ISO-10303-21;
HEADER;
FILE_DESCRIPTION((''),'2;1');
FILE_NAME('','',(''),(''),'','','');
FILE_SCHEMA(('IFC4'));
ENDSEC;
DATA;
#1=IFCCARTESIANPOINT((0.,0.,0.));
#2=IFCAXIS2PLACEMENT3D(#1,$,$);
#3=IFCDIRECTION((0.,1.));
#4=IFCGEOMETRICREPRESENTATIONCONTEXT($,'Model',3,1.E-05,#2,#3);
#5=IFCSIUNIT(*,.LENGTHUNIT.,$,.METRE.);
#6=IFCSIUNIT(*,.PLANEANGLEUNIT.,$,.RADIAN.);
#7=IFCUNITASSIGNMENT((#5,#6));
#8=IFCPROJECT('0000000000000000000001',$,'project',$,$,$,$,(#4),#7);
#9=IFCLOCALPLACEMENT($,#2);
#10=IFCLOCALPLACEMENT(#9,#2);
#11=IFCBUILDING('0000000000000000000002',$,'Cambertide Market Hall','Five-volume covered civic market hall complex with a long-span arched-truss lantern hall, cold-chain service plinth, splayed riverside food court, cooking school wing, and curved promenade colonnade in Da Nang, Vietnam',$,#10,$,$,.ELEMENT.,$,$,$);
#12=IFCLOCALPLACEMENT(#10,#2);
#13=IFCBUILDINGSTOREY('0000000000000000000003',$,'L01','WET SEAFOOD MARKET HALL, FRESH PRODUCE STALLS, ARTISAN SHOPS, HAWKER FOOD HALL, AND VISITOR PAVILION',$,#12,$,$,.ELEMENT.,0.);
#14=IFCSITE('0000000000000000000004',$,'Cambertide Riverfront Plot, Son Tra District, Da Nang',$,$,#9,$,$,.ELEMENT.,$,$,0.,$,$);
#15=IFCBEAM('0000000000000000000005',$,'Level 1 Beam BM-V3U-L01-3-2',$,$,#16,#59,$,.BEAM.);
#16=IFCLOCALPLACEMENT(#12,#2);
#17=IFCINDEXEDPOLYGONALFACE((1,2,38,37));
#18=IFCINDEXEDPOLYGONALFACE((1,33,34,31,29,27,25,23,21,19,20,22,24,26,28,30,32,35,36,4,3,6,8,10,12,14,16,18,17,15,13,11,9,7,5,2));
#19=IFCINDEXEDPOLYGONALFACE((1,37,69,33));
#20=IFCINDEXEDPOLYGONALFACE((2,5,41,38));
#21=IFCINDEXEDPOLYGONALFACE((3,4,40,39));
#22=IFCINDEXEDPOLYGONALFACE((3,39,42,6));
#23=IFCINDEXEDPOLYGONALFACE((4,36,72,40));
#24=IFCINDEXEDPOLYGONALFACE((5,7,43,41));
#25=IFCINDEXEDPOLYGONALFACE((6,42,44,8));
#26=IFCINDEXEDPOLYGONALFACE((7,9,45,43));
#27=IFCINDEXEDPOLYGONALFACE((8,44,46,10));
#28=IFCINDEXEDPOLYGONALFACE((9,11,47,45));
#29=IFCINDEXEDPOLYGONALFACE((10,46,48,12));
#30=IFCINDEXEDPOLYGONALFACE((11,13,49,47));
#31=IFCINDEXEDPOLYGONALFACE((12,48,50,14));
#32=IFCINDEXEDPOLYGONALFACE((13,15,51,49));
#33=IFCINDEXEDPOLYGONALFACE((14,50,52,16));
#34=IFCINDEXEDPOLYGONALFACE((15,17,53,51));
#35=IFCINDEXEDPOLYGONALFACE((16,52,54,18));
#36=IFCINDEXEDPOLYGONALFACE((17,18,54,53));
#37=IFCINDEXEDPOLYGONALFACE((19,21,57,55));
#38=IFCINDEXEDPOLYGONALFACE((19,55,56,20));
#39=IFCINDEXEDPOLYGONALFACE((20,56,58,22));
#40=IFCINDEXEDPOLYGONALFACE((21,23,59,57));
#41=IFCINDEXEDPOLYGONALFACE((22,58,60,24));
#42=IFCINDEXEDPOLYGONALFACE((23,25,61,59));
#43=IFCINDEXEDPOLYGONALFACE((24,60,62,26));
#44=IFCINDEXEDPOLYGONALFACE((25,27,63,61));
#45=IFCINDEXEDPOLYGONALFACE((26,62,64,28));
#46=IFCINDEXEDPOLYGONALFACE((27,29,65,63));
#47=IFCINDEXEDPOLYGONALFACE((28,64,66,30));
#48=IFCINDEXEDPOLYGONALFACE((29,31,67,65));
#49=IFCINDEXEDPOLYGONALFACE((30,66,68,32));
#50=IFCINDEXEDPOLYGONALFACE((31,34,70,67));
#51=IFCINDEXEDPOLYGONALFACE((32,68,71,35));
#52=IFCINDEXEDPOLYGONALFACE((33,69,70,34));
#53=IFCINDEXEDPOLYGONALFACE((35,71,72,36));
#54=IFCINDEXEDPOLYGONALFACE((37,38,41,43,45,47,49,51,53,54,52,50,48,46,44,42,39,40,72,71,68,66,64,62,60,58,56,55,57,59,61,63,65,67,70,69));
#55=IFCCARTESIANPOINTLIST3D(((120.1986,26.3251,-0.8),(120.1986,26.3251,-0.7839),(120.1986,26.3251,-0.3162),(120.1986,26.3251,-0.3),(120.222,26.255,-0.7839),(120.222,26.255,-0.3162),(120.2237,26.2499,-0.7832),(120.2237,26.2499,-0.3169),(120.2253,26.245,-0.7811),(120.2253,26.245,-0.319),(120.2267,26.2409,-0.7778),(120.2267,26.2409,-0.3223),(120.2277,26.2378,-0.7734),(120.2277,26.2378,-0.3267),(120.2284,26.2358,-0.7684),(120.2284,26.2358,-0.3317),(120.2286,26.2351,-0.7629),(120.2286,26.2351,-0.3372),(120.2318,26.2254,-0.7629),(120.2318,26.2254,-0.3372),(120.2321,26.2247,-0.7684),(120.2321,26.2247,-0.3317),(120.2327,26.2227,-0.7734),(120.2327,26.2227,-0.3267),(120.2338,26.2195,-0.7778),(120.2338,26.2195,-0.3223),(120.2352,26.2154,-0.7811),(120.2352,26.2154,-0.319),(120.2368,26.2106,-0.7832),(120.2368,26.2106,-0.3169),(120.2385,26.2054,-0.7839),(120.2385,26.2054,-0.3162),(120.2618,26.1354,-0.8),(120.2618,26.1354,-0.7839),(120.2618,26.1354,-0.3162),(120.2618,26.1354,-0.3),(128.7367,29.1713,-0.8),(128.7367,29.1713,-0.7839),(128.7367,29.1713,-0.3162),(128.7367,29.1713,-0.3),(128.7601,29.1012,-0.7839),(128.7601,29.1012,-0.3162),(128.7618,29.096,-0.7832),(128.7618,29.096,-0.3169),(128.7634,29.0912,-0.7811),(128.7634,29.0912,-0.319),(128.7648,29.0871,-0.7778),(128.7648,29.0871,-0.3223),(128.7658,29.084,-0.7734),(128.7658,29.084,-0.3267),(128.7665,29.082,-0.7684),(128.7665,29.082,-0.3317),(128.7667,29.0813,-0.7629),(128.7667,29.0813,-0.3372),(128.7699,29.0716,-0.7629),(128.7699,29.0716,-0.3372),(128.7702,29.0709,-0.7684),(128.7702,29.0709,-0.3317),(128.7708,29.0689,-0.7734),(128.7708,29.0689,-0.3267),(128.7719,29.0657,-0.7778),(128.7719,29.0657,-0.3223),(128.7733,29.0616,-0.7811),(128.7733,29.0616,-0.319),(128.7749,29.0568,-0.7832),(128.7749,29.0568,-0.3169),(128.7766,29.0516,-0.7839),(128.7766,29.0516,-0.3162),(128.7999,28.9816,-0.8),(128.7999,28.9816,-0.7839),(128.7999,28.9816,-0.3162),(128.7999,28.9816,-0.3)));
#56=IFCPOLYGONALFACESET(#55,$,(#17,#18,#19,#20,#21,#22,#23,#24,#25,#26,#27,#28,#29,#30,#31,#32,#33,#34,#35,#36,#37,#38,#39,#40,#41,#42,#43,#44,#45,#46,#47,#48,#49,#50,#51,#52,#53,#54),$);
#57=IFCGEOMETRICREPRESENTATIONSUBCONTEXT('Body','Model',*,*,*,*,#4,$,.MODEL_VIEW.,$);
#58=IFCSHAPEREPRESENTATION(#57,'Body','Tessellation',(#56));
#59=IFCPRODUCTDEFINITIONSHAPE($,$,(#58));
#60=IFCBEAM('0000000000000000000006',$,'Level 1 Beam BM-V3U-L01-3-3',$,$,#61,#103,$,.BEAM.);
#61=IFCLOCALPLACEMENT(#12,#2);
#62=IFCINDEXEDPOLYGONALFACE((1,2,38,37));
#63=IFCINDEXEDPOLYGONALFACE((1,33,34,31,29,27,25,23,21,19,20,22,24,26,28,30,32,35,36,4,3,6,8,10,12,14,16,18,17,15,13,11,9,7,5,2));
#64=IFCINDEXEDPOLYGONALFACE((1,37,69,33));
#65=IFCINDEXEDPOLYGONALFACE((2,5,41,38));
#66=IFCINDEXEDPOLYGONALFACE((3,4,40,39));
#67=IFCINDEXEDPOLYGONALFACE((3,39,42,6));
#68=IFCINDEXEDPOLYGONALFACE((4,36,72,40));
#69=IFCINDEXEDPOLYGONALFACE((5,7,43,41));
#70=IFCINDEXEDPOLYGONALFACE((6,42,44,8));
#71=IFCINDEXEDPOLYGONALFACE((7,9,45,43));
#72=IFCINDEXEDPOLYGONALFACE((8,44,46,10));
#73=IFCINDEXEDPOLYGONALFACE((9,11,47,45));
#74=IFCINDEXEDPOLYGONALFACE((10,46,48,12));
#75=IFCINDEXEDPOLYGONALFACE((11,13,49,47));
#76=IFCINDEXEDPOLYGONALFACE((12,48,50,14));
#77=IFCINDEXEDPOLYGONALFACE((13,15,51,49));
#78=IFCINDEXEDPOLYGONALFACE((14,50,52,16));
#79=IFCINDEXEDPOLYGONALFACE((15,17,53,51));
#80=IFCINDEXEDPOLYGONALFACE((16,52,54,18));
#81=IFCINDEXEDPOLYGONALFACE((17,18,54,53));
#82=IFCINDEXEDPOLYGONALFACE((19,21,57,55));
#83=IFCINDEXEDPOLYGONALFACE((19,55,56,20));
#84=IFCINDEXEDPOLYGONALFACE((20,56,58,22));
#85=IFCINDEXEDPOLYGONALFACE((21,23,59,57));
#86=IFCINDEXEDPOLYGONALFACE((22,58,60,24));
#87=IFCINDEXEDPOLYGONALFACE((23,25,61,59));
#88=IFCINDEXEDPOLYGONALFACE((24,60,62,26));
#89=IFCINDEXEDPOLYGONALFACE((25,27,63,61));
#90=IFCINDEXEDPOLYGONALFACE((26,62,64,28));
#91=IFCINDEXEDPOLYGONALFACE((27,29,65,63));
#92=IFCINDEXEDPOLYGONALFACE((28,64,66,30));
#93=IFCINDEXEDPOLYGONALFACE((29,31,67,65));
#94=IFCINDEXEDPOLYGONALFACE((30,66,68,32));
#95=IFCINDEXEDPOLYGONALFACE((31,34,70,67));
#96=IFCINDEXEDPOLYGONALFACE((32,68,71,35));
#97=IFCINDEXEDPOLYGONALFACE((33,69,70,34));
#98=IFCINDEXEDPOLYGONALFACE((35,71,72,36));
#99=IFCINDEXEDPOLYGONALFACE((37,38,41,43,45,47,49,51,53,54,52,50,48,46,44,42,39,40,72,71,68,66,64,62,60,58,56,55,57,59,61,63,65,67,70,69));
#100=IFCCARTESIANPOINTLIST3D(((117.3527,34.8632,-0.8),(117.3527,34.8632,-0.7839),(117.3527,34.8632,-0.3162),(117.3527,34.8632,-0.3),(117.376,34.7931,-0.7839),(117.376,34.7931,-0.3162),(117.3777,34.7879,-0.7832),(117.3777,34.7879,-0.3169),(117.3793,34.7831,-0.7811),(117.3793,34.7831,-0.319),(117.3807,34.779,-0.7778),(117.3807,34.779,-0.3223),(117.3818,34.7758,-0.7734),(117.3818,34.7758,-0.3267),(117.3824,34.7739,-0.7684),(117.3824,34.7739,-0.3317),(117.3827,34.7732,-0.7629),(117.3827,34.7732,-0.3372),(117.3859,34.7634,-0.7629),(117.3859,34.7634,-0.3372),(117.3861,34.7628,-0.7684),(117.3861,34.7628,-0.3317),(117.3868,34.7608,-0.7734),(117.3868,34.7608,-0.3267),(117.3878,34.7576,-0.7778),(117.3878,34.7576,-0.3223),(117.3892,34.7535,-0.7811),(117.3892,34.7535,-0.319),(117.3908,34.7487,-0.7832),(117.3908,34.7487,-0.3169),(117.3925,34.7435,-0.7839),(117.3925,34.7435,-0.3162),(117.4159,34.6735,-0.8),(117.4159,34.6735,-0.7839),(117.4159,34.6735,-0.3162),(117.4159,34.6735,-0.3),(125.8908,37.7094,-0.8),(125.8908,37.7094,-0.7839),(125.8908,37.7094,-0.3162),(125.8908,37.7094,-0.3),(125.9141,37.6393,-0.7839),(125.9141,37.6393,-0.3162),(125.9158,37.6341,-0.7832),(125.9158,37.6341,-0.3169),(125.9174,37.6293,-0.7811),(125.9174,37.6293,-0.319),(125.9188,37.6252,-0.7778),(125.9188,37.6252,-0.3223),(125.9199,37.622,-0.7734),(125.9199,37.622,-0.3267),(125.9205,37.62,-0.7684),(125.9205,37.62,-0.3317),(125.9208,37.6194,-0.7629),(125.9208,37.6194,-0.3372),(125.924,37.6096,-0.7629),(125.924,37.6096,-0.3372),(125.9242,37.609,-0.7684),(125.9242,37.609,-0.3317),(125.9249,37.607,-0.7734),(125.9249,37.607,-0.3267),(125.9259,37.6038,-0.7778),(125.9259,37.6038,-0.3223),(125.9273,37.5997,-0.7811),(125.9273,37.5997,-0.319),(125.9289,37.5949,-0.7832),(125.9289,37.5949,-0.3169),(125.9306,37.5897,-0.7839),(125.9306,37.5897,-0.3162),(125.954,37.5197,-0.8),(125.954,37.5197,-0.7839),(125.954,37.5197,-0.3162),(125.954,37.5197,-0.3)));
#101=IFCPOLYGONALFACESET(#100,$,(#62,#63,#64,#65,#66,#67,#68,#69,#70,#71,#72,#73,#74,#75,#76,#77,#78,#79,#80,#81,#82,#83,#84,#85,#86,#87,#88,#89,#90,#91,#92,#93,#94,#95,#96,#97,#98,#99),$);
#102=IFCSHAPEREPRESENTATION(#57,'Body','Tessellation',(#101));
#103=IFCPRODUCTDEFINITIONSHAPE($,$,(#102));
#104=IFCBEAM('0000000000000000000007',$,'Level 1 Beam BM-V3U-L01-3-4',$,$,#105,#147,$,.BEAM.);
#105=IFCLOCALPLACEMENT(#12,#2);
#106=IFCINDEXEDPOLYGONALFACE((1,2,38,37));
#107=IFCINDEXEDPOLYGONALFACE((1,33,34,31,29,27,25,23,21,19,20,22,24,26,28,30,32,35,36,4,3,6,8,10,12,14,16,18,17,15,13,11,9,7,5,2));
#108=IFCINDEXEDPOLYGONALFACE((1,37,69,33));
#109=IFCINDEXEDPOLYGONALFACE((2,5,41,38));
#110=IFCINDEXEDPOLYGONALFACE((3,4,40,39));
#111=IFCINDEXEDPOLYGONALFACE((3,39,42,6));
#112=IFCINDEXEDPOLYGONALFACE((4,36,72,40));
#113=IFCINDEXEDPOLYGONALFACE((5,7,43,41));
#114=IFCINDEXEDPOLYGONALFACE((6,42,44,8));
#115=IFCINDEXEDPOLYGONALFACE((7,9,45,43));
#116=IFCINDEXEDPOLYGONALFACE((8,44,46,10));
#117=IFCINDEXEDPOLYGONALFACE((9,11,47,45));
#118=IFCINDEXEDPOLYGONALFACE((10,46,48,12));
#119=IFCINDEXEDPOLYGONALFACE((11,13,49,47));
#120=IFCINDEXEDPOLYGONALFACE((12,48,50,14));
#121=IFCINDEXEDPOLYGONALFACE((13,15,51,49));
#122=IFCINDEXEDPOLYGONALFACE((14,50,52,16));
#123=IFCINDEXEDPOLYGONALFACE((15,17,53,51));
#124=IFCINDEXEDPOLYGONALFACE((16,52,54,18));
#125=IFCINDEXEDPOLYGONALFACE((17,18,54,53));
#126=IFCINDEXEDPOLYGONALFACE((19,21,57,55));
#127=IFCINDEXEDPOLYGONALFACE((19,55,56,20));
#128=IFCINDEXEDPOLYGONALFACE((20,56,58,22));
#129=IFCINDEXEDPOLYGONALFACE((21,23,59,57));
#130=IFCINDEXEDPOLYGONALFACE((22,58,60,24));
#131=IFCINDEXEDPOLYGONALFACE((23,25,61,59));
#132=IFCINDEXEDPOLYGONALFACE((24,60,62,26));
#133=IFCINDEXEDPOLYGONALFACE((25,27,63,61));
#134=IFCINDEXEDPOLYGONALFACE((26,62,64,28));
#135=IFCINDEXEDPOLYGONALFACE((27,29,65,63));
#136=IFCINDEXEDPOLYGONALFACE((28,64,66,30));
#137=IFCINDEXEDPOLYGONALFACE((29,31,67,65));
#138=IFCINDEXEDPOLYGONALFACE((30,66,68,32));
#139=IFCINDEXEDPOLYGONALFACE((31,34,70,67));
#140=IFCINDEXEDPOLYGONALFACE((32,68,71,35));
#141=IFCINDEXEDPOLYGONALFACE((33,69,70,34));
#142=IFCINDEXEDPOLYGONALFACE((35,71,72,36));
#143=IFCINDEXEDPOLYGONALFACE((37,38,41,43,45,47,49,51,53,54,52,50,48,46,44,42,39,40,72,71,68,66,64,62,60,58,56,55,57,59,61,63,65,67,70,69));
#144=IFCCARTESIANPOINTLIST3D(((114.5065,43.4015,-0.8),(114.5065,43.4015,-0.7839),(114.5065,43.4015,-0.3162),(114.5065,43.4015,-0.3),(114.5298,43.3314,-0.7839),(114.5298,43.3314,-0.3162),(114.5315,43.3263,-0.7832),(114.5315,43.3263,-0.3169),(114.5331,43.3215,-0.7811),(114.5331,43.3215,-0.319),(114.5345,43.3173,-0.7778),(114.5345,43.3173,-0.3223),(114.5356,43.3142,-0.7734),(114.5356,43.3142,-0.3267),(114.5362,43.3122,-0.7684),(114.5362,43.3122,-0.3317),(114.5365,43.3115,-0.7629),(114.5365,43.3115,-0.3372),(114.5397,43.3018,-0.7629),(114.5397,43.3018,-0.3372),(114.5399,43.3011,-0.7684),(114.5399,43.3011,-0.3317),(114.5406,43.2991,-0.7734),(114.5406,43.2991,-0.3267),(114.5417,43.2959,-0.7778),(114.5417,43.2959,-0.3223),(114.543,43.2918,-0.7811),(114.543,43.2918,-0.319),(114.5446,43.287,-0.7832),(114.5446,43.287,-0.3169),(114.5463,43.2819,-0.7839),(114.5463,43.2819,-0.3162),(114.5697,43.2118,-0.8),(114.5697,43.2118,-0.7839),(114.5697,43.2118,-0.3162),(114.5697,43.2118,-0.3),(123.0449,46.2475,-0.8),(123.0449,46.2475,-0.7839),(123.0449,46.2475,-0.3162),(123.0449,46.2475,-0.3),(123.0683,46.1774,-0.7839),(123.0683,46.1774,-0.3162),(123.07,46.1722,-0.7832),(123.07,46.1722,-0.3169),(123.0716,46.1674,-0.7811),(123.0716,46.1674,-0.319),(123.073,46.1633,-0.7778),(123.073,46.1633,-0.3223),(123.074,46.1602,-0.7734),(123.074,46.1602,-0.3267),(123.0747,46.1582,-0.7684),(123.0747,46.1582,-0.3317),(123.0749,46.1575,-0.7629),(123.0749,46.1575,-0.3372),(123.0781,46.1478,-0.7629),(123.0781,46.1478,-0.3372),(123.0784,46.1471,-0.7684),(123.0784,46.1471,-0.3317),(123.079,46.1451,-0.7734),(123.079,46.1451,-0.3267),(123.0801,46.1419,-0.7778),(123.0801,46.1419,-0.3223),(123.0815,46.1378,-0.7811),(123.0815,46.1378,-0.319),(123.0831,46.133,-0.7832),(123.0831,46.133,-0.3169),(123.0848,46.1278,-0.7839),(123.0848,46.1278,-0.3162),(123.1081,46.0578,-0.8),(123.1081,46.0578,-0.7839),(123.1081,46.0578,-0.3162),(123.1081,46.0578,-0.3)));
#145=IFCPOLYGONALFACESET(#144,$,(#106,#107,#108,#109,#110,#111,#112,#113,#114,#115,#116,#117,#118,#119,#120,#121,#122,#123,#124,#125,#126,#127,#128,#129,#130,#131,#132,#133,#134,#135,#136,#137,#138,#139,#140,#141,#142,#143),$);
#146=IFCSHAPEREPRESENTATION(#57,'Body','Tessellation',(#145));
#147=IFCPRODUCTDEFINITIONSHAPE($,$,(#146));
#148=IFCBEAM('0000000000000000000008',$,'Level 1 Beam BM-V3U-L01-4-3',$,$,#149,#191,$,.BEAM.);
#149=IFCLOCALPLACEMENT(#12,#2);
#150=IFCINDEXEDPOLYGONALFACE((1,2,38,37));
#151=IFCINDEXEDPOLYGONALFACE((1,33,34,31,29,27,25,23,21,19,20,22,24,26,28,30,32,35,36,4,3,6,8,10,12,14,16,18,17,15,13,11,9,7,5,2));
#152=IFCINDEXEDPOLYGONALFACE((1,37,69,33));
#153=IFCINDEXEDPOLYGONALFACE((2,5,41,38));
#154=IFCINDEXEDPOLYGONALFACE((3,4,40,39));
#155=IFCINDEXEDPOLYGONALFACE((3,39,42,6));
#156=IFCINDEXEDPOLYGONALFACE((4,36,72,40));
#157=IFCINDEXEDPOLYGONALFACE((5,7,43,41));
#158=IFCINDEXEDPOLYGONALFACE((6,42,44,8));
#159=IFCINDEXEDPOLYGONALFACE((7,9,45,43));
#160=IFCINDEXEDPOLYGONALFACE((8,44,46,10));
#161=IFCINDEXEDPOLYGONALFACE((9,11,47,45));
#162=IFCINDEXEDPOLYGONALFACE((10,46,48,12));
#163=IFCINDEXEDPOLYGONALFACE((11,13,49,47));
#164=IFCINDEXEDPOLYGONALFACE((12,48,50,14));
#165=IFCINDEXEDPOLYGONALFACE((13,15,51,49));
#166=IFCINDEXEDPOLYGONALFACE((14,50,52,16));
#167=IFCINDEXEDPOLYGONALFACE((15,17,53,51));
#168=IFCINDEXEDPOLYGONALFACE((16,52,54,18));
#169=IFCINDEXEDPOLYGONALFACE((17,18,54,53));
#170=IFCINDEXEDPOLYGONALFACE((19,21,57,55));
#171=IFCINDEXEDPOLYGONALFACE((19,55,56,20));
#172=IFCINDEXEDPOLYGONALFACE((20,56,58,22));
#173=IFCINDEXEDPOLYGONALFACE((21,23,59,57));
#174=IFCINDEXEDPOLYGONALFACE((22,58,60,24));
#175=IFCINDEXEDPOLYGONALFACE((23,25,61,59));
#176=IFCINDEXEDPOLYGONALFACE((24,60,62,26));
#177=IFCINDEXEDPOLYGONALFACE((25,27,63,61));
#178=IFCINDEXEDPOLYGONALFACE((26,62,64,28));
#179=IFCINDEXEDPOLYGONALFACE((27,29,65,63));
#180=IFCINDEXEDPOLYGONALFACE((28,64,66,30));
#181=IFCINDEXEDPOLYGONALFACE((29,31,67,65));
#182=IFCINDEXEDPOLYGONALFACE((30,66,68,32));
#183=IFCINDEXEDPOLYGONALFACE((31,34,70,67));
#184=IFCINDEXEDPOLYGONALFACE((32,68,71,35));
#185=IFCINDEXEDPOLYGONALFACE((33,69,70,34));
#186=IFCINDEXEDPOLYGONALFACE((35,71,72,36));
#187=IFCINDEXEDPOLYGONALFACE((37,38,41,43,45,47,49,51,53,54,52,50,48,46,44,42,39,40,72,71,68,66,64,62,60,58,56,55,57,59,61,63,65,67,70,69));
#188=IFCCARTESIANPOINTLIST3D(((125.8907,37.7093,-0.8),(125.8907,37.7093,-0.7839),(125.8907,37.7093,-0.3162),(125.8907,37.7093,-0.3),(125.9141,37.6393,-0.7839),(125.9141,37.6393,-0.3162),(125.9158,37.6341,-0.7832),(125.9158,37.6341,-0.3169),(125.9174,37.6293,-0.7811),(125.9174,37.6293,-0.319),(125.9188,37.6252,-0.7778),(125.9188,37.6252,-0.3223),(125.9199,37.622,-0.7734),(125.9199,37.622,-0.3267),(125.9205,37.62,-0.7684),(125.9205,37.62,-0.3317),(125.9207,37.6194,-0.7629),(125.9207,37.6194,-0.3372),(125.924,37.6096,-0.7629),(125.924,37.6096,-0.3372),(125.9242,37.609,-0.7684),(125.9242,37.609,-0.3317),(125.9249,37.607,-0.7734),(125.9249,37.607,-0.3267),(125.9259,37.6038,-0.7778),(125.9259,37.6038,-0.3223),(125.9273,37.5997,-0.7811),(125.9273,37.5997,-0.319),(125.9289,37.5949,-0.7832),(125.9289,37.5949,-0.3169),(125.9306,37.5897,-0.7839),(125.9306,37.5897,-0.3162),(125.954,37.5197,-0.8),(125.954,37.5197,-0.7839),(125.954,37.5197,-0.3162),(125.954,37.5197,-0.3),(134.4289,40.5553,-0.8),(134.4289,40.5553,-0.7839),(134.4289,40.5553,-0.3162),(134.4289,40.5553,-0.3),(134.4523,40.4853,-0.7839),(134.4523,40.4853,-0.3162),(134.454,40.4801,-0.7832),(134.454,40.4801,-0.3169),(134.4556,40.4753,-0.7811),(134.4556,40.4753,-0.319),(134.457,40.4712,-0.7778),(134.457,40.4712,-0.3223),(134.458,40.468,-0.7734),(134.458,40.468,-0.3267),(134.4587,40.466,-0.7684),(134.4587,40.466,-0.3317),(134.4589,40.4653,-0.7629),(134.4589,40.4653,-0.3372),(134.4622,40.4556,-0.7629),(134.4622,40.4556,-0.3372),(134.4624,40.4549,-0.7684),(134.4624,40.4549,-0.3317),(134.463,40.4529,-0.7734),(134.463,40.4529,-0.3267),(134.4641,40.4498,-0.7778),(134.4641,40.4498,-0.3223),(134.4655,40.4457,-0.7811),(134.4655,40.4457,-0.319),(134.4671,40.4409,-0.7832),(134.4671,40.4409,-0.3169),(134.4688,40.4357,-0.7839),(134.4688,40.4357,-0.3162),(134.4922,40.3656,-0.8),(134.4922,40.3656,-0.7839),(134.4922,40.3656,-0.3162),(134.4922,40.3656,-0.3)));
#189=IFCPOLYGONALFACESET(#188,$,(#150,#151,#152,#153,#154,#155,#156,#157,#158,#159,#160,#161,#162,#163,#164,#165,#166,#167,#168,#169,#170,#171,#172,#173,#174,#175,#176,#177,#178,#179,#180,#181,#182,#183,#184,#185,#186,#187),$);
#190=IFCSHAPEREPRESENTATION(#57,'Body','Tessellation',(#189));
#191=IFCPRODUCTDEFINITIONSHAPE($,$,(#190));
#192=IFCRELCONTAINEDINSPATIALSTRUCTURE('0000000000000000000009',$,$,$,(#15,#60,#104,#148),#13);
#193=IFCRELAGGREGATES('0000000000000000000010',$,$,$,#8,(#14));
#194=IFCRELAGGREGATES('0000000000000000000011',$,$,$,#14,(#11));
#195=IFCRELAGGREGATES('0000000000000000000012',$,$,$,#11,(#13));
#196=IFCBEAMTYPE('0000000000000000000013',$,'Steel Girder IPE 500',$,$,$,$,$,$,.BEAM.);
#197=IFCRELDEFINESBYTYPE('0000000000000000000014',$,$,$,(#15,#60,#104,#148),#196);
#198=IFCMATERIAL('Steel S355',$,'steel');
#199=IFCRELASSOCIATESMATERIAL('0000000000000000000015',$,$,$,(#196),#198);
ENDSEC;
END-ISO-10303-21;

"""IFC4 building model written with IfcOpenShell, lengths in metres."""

from ifc_helpers import new_model, si_unit, direction, frame, origin, origin_2d, place, context, subcontext, project, spatial, i_section, extrude, material, material_profile, profile_set, type_object, element, save


model = new_model("IFC4")

# Units and contexts
model_context = context("Model", 3, precision=1e-05, world=origin(), true_north=direction((0.0, 1.0)))
body_context = subcontext(model_context, "Body", "Model", "MODEL_VIEW")
ifc_project = project(units=[si_unit("LENGTHUNIT", "METRE"), si_unit("PLANEANGLEUNIT", "RADIAN")], contexts=[model_context])

# Site, building, storey
site_placement = place(None, origin())
site = spatial("IfcSite", under=ifc_project, at=site_placement, Name="Cambertide Riverfront Plot, Son Tra District, Da Nang", CompositionType="ELEMENT", RefElevation=0.0)
building_placement = place(site_placement, origin())
building = spatial("IfcBuilding", under=site, at=building_placement, Name="Cambertide Market Hall", Description="Five-volume covered civic market hall complex with a long-span arched-truss lantern hall, cold-chain service plinth, splayed riverside food court, cooking school wing, and curved promenade colonnade in Da Nang, Vietnam", CompositionType="ELEMENT")
storey_placement = place(building_placement, origin())
storey = spatial("IfcBuildingStorey", under=building, at=storey_placement, Name="L01", Description="WET SEAFOOD MARKET HALL, FRESH PRODUCE STALLS, ARTISAN SHOPS, HAWKER FOOD HALL, AND VISITOR PAVILION", CompositionType="ELEMENT", Elevation=0.0)

# Beams
ifc_material_1 = material(Name="Steel S355", Category="steel")
ifc_material_profile_1 = material_profile(ifc_material_1, i_section(OverallWidth=0.2, OverallDepth=0.5, WebThickness=0.0103, FlangeThickness=0.0161, FilletRadius=0.021, at=origin_2d()), Name="IPE 500")
ifc_profile_set_1 = profile_set([ifc_material_profile_1], Name="Steel S355")
beam_type_1 = type_object("IfcBeamType", Name="Steel Girder IPE 500", PredefinedType="BEAM", material=ifc_profile_set_1)
for number, where, z_axis, x_axis, name in (
    (1, (120.2302, 26.2302, -0.55), (0.948678, 0.316244, 0.0), (-0.316244, 0.948678, 0.0), "Level 1 Beam BM-V3U-L01-3-2"),
    (2, (117.3843, 34.7683, -0.55), (0.948678, 0.316244, 0.0), (-0.316244, 0.948678, 0.0), "Level 1 Beam BM-V3U-L01-3-3"),
):
    element("IfcBeam", number, at=place(storey_placement, frame(where, z_axis=z_axis, x_axis=x_axis)), inside=storey, type_object=beam_type_1, Name=name, PredefinedType="BEAM", context=body_context, shape_type="SweptSolid", body=[
        extrude(i_section(OverallWidth=0.2, OverallDepth=0.5, WebThickness=0.0103, FlangeThickness=0.0161, FilletRadius=0.021, at=origin_2d()), origin(), (0.0, 0.0, 1.0), 9.0),
    ])
beam_1_placement = place(storey_placement, frame((114.5381, 43.3066, -0.55), z_axis=(0.948689, 0.316211, 0.0), x_axis=(-0.316211, 0.948689, 0.0)))
element("IfcBeam", 3, at=beam_1_placement, inside=storey, type_object=beam_type_1, Name="Level 1 Beam BM-V3U-L01-3-4", PredefinedType="BEAM", context=body_context, shape_type="SweptSolid", body=[
    extrude(i_section(OverallWidth=0.2, OverallDepth=0.5, WebThickness=0.0103, FlangeThickness=0.0161, FilletRadius=0.021, at=origin_2d()), origin(), (0.0, 0.0, 1.0), 9.0002),
])
for number, where, z_axis, x_axis, name in (
    (4, (125.9224, 37.6145, -0.55), (0.948686, 0.31622, 0.0), (-0.31622, 0.948686, 0.0), "Level 1 Beam BM-V3U-L01-4-3"),
):
    element("IfcBeam", number, at=place(storey_placement, frame(where, z_axis=z_axis, x_axis=x_axis)), inside=storey, type_object=beam_type_1, Name=name, PredefinedType="BEAM", context=body_context, shape_type="SweptSolid", body=[
        extrude(i_section(OverallWidth=0.2, OverallDepth=0.5, WebThickness=0.0103, FlangeThickness=0.0161, FilletRadius=0.021, at=origin_2d()), origin(), (0.0, 0.0, 1.0), 9.0),
    ])

save(model, "model.ifc")
